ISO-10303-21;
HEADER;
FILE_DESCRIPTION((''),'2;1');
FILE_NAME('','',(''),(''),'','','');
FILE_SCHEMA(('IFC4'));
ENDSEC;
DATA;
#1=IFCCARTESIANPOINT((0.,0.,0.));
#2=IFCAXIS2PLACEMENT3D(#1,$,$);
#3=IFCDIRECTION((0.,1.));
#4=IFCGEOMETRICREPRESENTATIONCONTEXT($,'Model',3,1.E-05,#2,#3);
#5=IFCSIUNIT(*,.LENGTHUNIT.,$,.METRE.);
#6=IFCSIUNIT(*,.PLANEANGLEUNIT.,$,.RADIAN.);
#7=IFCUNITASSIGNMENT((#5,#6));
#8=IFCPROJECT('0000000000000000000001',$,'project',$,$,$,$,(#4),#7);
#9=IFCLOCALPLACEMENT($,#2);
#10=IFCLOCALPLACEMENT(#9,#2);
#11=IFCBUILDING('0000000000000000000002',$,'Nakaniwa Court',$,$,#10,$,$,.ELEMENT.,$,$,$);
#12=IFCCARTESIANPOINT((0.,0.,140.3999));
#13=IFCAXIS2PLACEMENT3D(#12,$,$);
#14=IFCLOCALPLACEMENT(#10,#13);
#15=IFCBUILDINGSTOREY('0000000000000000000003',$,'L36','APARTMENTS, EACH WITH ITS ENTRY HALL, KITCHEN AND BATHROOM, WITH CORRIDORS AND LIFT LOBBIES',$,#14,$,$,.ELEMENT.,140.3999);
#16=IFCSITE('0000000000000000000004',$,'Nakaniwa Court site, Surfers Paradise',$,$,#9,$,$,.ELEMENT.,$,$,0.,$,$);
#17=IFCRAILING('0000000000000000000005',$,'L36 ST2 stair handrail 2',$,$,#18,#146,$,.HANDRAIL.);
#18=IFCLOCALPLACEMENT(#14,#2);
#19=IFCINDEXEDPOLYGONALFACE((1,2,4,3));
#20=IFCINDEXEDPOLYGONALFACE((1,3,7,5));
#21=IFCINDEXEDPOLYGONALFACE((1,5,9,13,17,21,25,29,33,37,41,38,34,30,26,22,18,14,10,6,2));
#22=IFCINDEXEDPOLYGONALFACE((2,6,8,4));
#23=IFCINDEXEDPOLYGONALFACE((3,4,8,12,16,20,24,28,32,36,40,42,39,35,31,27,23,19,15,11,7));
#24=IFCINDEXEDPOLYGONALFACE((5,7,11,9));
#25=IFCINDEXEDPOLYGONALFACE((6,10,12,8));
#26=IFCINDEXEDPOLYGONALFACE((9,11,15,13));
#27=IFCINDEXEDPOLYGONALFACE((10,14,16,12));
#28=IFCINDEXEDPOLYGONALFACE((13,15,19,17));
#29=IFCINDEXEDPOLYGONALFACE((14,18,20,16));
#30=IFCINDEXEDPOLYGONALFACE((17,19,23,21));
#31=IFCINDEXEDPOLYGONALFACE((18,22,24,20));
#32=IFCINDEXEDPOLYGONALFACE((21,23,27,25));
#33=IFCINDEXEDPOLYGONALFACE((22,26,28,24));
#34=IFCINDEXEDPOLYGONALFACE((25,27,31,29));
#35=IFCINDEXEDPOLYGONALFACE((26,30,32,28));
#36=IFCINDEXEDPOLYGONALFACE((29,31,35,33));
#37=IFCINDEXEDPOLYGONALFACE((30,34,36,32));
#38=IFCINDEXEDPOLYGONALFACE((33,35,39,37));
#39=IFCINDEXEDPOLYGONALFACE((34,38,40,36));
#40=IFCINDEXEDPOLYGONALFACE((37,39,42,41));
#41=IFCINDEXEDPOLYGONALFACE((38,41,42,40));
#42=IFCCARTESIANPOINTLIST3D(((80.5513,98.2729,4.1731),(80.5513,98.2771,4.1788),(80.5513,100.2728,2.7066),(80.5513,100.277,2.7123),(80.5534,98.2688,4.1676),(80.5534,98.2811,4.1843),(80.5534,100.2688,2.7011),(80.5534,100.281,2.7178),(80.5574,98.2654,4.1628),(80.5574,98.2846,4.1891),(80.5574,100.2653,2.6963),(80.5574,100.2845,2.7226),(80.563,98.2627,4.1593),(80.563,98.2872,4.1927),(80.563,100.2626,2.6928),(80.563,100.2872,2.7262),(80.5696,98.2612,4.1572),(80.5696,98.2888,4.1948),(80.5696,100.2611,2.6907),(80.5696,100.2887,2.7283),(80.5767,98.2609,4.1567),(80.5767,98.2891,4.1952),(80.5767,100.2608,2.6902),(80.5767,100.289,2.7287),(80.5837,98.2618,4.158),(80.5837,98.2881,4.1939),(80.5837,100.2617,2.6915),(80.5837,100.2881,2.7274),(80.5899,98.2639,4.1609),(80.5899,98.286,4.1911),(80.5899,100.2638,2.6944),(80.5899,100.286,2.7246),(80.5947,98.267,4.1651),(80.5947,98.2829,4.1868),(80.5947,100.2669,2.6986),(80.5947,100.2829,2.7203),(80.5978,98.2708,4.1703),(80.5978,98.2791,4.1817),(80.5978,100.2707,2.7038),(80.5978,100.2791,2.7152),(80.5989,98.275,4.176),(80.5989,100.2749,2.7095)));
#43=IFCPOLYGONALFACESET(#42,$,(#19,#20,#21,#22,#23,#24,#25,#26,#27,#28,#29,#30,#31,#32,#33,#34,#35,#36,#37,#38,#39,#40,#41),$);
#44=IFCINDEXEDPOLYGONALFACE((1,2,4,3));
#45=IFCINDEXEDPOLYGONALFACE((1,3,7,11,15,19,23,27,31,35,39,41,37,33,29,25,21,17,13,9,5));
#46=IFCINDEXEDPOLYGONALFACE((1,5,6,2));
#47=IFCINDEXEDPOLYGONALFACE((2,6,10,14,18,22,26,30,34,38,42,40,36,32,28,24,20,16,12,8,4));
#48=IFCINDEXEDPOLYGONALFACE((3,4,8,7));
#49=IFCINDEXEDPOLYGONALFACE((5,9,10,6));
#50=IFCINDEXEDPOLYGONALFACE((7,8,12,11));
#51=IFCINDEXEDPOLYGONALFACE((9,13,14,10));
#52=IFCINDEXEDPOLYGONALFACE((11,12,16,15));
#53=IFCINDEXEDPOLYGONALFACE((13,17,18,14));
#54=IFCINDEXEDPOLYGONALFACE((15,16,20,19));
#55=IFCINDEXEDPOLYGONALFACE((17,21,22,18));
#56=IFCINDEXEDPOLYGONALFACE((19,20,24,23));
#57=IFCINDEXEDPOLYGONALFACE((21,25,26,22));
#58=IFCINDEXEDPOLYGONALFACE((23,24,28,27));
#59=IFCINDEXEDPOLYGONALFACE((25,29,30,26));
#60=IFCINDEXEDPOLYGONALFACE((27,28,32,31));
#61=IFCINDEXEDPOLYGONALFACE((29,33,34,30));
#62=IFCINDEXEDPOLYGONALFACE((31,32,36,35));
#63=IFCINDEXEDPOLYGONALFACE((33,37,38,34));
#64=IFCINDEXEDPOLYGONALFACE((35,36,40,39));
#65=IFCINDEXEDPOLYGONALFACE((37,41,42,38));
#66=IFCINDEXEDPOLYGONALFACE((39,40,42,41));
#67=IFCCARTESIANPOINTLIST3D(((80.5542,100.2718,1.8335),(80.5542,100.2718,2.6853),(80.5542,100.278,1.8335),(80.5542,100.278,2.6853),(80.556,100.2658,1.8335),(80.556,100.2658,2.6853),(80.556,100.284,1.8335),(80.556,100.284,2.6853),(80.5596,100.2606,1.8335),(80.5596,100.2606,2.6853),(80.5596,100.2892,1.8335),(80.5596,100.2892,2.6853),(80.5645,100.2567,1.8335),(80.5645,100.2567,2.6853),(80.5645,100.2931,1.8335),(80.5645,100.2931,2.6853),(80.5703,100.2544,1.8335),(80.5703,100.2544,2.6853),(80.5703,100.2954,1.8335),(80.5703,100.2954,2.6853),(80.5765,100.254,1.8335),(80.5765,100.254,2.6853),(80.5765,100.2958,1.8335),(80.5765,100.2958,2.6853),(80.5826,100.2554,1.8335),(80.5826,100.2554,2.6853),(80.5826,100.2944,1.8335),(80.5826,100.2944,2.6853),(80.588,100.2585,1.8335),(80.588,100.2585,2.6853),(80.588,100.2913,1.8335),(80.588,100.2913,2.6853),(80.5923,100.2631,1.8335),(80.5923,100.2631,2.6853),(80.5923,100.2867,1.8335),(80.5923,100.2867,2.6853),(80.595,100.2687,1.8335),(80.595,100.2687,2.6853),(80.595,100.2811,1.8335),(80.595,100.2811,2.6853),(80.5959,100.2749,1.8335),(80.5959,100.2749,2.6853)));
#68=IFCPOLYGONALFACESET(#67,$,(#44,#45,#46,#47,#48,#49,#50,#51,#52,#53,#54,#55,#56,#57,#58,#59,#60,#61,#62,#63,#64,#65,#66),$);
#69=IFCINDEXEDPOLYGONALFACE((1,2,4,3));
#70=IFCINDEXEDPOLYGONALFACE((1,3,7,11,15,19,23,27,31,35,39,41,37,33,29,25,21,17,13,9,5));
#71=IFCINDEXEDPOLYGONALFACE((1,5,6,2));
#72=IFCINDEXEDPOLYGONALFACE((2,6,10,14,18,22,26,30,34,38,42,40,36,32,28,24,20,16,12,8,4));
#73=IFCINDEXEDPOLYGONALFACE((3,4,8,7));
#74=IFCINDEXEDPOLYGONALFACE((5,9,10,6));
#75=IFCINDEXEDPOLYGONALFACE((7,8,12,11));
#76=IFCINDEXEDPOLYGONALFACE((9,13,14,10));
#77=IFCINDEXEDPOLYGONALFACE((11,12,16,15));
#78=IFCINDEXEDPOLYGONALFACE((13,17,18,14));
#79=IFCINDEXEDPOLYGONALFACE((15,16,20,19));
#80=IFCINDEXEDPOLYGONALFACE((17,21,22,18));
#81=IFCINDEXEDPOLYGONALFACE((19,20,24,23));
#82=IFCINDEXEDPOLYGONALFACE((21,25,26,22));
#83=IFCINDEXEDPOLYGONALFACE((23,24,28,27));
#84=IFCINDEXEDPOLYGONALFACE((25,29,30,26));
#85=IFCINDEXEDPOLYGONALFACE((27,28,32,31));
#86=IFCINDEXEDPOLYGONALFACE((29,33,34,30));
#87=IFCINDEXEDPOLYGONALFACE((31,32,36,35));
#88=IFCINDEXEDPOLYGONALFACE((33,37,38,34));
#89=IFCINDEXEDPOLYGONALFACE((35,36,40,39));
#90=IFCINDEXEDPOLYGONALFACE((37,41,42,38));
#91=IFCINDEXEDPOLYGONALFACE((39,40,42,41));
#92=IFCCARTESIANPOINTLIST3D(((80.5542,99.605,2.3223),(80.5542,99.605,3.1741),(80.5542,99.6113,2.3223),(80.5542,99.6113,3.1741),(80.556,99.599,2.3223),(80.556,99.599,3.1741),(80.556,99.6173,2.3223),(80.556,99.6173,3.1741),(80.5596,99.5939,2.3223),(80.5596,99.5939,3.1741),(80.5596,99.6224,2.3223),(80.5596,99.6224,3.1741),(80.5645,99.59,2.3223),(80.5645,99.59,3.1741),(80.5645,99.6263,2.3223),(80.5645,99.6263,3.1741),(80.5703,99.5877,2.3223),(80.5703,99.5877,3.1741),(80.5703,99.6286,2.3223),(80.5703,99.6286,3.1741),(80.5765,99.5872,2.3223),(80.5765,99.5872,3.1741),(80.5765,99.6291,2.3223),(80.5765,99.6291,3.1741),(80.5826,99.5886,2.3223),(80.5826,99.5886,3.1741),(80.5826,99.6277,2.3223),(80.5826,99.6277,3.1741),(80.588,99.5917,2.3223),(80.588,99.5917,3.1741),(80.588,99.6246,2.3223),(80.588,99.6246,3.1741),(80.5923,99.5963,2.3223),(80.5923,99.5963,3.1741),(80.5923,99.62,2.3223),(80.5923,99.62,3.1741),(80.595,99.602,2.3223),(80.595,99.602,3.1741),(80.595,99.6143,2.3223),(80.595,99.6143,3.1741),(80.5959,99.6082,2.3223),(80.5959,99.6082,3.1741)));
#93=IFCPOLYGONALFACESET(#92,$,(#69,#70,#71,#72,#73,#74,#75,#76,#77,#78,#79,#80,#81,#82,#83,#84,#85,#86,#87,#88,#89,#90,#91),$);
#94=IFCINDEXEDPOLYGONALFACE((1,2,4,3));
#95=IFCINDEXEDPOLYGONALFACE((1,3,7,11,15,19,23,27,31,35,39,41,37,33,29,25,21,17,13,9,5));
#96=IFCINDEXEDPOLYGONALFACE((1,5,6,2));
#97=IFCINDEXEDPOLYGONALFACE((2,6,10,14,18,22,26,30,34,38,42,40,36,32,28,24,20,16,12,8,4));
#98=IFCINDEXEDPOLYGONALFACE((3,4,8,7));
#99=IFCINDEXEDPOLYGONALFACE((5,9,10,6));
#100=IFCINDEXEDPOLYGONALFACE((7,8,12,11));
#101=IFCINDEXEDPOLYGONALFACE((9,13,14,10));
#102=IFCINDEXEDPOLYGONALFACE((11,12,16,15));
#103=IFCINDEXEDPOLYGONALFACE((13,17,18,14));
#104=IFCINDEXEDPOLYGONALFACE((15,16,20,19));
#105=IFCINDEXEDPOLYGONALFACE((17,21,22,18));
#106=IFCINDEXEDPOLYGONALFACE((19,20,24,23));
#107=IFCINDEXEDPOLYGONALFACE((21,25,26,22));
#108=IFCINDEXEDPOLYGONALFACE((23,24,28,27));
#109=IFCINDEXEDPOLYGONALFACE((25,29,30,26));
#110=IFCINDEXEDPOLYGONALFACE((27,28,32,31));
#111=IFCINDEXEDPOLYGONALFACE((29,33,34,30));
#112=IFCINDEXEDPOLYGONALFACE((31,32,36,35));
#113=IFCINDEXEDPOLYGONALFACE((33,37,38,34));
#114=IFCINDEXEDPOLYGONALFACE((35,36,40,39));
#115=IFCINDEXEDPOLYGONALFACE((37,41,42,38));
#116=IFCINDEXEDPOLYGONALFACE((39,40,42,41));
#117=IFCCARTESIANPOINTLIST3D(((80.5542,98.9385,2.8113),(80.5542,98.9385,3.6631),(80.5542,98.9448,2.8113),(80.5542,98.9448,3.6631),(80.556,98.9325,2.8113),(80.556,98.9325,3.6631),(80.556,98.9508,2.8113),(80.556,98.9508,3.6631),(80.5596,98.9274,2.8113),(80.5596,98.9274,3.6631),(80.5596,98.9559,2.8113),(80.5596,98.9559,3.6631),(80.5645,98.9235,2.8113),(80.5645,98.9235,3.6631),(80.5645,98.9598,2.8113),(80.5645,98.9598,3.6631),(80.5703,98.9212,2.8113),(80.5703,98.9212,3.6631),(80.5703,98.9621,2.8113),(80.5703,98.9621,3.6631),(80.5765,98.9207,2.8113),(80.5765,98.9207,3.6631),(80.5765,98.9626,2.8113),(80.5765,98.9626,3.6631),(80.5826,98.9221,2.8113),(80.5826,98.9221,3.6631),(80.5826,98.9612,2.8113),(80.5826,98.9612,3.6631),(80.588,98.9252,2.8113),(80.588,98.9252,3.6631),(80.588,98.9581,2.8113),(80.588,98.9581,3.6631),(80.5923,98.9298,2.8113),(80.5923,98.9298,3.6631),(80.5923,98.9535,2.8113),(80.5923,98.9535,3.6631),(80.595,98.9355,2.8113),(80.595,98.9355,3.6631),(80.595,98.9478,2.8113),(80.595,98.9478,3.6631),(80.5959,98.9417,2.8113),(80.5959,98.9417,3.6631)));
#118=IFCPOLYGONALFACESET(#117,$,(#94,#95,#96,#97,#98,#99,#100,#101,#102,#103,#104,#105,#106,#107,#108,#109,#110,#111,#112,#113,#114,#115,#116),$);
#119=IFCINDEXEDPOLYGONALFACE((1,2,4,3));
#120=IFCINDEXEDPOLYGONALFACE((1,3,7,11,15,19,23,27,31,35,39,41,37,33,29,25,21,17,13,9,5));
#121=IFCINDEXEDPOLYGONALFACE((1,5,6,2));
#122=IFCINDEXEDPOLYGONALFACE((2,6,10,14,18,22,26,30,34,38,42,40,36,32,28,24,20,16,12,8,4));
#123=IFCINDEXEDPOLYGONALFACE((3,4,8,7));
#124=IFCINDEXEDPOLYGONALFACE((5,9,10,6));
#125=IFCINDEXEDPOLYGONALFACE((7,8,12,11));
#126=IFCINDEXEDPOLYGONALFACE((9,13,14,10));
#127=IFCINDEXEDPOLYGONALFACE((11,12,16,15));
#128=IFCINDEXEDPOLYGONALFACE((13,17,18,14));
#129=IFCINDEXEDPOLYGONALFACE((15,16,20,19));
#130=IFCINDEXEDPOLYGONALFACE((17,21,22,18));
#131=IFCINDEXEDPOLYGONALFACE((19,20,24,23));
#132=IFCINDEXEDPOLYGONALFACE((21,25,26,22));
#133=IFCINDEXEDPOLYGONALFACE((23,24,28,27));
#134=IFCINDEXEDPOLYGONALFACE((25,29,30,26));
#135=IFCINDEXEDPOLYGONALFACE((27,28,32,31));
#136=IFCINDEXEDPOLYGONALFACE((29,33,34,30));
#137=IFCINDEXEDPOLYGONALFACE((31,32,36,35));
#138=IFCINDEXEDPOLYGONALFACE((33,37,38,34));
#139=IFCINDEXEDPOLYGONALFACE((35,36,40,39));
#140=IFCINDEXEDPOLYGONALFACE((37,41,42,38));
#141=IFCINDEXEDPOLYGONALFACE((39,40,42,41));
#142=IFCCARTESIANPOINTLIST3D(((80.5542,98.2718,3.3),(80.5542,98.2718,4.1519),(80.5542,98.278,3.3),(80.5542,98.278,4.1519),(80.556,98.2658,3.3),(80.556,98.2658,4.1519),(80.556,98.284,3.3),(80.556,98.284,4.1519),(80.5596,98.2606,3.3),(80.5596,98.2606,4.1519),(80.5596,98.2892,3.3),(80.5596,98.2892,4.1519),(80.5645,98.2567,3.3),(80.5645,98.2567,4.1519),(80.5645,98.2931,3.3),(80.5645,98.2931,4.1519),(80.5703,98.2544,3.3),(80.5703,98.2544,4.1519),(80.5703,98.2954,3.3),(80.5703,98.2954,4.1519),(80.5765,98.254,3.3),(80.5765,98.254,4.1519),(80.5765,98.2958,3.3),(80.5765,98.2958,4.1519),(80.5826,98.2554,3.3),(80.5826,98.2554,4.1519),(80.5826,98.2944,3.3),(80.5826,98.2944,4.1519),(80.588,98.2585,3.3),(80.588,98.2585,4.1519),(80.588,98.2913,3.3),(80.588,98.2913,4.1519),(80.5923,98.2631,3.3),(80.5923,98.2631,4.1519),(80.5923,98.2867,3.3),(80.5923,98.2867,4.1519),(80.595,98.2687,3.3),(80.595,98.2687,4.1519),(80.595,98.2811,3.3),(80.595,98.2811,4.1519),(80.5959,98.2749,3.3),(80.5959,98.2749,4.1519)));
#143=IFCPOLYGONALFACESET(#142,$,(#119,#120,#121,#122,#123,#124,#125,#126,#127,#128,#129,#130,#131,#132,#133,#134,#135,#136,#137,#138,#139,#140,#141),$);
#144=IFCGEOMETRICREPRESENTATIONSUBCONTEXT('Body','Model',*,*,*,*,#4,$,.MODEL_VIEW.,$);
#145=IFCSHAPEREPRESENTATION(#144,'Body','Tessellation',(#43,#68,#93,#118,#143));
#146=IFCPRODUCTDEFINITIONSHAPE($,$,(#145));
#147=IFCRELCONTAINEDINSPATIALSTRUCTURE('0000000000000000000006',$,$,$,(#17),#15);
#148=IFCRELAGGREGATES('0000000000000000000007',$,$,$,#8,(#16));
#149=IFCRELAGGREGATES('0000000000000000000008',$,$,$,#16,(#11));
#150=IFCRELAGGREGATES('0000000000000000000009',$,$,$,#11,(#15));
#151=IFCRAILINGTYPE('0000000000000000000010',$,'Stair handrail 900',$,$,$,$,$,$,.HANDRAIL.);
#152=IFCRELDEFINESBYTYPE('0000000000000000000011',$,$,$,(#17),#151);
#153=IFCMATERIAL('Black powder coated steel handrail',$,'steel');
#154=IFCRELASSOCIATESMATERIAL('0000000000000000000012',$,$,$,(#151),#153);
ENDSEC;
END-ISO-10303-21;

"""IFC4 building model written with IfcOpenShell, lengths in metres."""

from ifc_helpers import new_model, si_unit, direction, frame, origin, origin_2d, place, context, subcontext, project, spatial, circle, extrude, material, type_object, element, save


model = new_model("IFC4")

# Units and contexts
model_context = context("Model", 3, precision=1e-05, world=origin(), true_north=direction((0.0, 1.0)))
body_context = subcontext(model_context, "Body", "Model", "MODEL_VIEW")
ifc_project = project(units=[si_unit("LENGTHUNIT", "METRE"), si_unit("PLANEANGLEUNIT", "RADIAN")], contexts=[model_context])

# Site, building, storey
site_placement = place(None, origin())
site = spatial("IfcSite", under=ifc_project, at=site_placement, Name="Nakaniwa Court site, Surfers Paradise", CompositionType="ELEMENT", RefElevation=0.0)
building_placement = place(site_placement, origin())
building = spatial("IfcBuilding", under=site, at=building_placement, Name="Nakaniwa Court", CompositionType="ELEMENT")
storey_placement = place(building_placement, frame((0.0, 0.0, 140.3999)))
storey = spatial("IfcBuildingStorey", under=building, at=storey_placement, Name="L36", Description="APARTMENTS, EACH WITH ITS ENTRY HALL, KITCHEN AND BATHROOM, WITH CORRIDORS AND LIFT LOBBIES", CompositionType="ELEMENT", Elevation=140.3999)

# Railing
ifc_material_1 = material(Name="Black powder coated steel handrail", Category="steel")
railing_type_1 = type_object("IfcRailingType", Name="Stair handrail 900", PredefinedType="HANDRAIL", material=ifc_material_1)
railing_1_placement = place(storey_placement, frame((80.575, 100.2749, 1.8335)))
element("IfcRailing", 1, at=railing_1_placement, inside=storey, type_object=railing_type_1, Name="L36 ST2 stair handrail 2", PredefinedType="HANDRAIL", context=body_context, shape_type="SweptSolid", body=[
    extrude(circle(Radius=0.0239, at=origin_2d()), frame((0.0, 0.0, 0.876), z_axis=(0.0, -0.806427, 0.591334), x_axis=(1.0, 0.0, 0.0)), (0.0, 0.0, 1.0), 2.48),
    extrude(circle(Radius=0.021, at=origin_2d()), origin(), (0.0, 0.0, 1.0), 0.8518),
    extrude(circle(Radius=0.021, at=origin_2d()), frame((0.0, -0.6667, 0.4888)), (0.0, 0.0, 1.0), 0.8518),
    extrude(circle(Radius=0.021, at=origin_2d()), frame((0.0, -1.3333, 0.9778)), (0.0, 0.0, 1.0), 0.8518),
    extrude(circle(Radius=0.021, at=origin_2d()), frame((0.0, -2.0, 1.4666)), (0.0, 0.0, 1.0), 0.8518),
])

save(model, "model.ifc")
